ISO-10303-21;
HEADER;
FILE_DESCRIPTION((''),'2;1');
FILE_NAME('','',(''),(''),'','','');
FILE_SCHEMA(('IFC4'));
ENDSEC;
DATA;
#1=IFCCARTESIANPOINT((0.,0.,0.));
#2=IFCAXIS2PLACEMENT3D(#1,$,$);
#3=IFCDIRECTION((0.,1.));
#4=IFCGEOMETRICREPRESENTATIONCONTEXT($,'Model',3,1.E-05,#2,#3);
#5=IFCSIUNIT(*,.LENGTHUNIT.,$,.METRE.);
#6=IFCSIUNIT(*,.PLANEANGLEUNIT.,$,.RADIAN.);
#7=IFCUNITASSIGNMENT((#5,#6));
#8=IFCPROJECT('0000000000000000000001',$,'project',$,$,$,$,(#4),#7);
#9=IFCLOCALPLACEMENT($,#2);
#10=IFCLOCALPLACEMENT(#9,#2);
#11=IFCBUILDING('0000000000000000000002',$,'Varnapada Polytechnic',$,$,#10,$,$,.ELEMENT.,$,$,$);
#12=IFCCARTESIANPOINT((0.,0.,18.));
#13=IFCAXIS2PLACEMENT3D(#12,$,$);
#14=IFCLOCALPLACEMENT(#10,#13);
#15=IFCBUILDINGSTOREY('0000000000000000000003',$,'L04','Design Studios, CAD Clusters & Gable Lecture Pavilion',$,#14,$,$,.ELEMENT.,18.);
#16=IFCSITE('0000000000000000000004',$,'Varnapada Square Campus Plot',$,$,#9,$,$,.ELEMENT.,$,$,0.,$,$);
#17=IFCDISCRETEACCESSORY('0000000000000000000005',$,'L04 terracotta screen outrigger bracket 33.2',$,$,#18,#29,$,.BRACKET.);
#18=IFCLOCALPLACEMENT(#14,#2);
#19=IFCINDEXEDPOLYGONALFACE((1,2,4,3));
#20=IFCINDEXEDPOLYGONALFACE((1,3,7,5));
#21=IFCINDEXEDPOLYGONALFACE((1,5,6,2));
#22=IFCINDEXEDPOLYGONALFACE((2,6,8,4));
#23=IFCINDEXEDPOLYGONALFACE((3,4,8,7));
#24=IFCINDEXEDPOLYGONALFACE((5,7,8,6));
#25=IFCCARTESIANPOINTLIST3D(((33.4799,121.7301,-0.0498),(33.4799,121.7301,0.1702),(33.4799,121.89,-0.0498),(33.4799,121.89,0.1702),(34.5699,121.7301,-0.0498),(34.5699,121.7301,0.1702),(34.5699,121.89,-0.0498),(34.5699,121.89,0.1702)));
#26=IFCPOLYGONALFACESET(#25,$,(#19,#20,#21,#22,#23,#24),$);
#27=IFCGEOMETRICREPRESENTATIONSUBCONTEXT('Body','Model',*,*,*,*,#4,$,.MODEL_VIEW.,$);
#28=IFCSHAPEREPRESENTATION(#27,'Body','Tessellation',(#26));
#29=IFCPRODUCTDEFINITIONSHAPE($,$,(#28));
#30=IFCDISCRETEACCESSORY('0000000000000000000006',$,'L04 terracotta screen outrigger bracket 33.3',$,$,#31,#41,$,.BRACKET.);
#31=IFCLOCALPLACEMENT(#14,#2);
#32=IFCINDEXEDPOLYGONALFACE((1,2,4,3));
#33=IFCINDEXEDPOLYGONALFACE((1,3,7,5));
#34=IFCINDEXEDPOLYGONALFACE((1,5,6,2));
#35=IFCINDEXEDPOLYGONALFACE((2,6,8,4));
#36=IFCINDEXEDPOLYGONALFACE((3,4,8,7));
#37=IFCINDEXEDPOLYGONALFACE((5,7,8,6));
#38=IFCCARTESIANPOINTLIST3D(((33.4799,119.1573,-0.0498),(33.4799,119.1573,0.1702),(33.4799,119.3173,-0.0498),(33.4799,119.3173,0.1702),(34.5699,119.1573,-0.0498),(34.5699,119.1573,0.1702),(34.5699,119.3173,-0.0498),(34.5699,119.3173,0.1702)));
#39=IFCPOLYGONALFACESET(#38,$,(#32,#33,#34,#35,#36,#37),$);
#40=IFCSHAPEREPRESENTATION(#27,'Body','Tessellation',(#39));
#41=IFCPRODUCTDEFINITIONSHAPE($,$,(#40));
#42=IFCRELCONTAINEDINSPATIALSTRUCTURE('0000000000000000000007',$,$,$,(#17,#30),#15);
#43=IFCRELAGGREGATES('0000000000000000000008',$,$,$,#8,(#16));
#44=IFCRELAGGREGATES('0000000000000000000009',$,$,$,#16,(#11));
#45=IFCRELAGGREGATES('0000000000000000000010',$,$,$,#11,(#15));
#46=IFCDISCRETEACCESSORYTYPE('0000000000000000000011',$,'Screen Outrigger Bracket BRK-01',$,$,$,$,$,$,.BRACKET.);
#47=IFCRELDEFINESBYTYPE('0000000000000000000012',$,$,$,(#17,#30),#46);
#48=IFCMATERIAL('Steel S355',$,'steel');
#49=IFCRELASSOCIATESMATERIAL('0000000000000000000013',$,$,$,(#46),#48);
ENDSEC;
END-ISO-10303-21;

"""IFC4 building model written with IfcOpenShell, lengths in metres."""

from ifc_helpers import new_model, si_unit, direction, frame, origin, origin_2d, place, context, subcontext, project, spatial, rectangle, extrude, material, type_object, element, save


model = new_model("IFC4")

# Units and contexts
model_context = context("Model", 3, precision=1e-05, world=origin(), true_north=direction((0.0, 1.0)))
body_context = subcontext(model_context, "Body", "Model", "MODEL_VIEW")
ifc_project = project(units=[si_unit("LENGTHUNIT", "METRE"), si_unit("PLANEANGLEUNIT", "RADIAN")], contexts=[model_context])

# Site, building, storey
site_placement = place(None, origin())
site = spatial("IfcSite", under=ifc_project, at=site_placement, Name="Varnapada Square Campus Plot", CompositionType="ELEMENT", RefElevation=0.0)
building_placement = place(site_placement, origin())
building = spatial("IfcBuilding", under=site, at=building_placement, Name="Varnapada Polytechnic", CompositionType="ELEMENT")
storey_placement = place(building_placement, frame((0.0, 0.0, 18.0)))
storey = spatial("IfcBuildingStorey", under=building, at=storey_placement, Name="L04", Description="Design Studios, CAD Clusters & Gable Lecture Pavilion", CompositionType="ELEMENT", Elevation=18.0)

# Discrete accessories
ifc_material_1 = material(Name="Steel S355", Category="steel")
discrete_accessory_type = type_object("IfcDiscreteAccessoryType", Name="Screen Outrigger Bracket BRK-01", PredefinedType="BRACKET", material=ifc_material_1)
for number, where, z_axis, x_axis, name in (
    (1, (34.0249, 121.8101, -0.0498), (0.0, 0.0, 1.0), (0.0, -1.0, 0.0), "L04 terracotta screen outrigger bracket 33.2"),
    (2, (34.0249, 119.2373, -0.0498), (0.0, 0.0, 1.0), (0.0, -1.0, 0.0), "L04 terracotta screen outrigger bracket 33.3"),
):
    element("IfcDiscreteAccessory", number, at=place(storey_placement, frame(where, z_axis=z_axis, x_axis=x_axis)), inside=storey, type_object=discrete_accessory_type, Name=name, PredefinedType="BRACKET", context=body_context, shape_type="SweptSolid", body=[
        extrude(rectangle(XDim=0.1599, YDim=1.0901, at=origin_2d()), origin(), (0.0, 0.0, 1.0), 0.22),
    ])

save(model, "model.ifc")
